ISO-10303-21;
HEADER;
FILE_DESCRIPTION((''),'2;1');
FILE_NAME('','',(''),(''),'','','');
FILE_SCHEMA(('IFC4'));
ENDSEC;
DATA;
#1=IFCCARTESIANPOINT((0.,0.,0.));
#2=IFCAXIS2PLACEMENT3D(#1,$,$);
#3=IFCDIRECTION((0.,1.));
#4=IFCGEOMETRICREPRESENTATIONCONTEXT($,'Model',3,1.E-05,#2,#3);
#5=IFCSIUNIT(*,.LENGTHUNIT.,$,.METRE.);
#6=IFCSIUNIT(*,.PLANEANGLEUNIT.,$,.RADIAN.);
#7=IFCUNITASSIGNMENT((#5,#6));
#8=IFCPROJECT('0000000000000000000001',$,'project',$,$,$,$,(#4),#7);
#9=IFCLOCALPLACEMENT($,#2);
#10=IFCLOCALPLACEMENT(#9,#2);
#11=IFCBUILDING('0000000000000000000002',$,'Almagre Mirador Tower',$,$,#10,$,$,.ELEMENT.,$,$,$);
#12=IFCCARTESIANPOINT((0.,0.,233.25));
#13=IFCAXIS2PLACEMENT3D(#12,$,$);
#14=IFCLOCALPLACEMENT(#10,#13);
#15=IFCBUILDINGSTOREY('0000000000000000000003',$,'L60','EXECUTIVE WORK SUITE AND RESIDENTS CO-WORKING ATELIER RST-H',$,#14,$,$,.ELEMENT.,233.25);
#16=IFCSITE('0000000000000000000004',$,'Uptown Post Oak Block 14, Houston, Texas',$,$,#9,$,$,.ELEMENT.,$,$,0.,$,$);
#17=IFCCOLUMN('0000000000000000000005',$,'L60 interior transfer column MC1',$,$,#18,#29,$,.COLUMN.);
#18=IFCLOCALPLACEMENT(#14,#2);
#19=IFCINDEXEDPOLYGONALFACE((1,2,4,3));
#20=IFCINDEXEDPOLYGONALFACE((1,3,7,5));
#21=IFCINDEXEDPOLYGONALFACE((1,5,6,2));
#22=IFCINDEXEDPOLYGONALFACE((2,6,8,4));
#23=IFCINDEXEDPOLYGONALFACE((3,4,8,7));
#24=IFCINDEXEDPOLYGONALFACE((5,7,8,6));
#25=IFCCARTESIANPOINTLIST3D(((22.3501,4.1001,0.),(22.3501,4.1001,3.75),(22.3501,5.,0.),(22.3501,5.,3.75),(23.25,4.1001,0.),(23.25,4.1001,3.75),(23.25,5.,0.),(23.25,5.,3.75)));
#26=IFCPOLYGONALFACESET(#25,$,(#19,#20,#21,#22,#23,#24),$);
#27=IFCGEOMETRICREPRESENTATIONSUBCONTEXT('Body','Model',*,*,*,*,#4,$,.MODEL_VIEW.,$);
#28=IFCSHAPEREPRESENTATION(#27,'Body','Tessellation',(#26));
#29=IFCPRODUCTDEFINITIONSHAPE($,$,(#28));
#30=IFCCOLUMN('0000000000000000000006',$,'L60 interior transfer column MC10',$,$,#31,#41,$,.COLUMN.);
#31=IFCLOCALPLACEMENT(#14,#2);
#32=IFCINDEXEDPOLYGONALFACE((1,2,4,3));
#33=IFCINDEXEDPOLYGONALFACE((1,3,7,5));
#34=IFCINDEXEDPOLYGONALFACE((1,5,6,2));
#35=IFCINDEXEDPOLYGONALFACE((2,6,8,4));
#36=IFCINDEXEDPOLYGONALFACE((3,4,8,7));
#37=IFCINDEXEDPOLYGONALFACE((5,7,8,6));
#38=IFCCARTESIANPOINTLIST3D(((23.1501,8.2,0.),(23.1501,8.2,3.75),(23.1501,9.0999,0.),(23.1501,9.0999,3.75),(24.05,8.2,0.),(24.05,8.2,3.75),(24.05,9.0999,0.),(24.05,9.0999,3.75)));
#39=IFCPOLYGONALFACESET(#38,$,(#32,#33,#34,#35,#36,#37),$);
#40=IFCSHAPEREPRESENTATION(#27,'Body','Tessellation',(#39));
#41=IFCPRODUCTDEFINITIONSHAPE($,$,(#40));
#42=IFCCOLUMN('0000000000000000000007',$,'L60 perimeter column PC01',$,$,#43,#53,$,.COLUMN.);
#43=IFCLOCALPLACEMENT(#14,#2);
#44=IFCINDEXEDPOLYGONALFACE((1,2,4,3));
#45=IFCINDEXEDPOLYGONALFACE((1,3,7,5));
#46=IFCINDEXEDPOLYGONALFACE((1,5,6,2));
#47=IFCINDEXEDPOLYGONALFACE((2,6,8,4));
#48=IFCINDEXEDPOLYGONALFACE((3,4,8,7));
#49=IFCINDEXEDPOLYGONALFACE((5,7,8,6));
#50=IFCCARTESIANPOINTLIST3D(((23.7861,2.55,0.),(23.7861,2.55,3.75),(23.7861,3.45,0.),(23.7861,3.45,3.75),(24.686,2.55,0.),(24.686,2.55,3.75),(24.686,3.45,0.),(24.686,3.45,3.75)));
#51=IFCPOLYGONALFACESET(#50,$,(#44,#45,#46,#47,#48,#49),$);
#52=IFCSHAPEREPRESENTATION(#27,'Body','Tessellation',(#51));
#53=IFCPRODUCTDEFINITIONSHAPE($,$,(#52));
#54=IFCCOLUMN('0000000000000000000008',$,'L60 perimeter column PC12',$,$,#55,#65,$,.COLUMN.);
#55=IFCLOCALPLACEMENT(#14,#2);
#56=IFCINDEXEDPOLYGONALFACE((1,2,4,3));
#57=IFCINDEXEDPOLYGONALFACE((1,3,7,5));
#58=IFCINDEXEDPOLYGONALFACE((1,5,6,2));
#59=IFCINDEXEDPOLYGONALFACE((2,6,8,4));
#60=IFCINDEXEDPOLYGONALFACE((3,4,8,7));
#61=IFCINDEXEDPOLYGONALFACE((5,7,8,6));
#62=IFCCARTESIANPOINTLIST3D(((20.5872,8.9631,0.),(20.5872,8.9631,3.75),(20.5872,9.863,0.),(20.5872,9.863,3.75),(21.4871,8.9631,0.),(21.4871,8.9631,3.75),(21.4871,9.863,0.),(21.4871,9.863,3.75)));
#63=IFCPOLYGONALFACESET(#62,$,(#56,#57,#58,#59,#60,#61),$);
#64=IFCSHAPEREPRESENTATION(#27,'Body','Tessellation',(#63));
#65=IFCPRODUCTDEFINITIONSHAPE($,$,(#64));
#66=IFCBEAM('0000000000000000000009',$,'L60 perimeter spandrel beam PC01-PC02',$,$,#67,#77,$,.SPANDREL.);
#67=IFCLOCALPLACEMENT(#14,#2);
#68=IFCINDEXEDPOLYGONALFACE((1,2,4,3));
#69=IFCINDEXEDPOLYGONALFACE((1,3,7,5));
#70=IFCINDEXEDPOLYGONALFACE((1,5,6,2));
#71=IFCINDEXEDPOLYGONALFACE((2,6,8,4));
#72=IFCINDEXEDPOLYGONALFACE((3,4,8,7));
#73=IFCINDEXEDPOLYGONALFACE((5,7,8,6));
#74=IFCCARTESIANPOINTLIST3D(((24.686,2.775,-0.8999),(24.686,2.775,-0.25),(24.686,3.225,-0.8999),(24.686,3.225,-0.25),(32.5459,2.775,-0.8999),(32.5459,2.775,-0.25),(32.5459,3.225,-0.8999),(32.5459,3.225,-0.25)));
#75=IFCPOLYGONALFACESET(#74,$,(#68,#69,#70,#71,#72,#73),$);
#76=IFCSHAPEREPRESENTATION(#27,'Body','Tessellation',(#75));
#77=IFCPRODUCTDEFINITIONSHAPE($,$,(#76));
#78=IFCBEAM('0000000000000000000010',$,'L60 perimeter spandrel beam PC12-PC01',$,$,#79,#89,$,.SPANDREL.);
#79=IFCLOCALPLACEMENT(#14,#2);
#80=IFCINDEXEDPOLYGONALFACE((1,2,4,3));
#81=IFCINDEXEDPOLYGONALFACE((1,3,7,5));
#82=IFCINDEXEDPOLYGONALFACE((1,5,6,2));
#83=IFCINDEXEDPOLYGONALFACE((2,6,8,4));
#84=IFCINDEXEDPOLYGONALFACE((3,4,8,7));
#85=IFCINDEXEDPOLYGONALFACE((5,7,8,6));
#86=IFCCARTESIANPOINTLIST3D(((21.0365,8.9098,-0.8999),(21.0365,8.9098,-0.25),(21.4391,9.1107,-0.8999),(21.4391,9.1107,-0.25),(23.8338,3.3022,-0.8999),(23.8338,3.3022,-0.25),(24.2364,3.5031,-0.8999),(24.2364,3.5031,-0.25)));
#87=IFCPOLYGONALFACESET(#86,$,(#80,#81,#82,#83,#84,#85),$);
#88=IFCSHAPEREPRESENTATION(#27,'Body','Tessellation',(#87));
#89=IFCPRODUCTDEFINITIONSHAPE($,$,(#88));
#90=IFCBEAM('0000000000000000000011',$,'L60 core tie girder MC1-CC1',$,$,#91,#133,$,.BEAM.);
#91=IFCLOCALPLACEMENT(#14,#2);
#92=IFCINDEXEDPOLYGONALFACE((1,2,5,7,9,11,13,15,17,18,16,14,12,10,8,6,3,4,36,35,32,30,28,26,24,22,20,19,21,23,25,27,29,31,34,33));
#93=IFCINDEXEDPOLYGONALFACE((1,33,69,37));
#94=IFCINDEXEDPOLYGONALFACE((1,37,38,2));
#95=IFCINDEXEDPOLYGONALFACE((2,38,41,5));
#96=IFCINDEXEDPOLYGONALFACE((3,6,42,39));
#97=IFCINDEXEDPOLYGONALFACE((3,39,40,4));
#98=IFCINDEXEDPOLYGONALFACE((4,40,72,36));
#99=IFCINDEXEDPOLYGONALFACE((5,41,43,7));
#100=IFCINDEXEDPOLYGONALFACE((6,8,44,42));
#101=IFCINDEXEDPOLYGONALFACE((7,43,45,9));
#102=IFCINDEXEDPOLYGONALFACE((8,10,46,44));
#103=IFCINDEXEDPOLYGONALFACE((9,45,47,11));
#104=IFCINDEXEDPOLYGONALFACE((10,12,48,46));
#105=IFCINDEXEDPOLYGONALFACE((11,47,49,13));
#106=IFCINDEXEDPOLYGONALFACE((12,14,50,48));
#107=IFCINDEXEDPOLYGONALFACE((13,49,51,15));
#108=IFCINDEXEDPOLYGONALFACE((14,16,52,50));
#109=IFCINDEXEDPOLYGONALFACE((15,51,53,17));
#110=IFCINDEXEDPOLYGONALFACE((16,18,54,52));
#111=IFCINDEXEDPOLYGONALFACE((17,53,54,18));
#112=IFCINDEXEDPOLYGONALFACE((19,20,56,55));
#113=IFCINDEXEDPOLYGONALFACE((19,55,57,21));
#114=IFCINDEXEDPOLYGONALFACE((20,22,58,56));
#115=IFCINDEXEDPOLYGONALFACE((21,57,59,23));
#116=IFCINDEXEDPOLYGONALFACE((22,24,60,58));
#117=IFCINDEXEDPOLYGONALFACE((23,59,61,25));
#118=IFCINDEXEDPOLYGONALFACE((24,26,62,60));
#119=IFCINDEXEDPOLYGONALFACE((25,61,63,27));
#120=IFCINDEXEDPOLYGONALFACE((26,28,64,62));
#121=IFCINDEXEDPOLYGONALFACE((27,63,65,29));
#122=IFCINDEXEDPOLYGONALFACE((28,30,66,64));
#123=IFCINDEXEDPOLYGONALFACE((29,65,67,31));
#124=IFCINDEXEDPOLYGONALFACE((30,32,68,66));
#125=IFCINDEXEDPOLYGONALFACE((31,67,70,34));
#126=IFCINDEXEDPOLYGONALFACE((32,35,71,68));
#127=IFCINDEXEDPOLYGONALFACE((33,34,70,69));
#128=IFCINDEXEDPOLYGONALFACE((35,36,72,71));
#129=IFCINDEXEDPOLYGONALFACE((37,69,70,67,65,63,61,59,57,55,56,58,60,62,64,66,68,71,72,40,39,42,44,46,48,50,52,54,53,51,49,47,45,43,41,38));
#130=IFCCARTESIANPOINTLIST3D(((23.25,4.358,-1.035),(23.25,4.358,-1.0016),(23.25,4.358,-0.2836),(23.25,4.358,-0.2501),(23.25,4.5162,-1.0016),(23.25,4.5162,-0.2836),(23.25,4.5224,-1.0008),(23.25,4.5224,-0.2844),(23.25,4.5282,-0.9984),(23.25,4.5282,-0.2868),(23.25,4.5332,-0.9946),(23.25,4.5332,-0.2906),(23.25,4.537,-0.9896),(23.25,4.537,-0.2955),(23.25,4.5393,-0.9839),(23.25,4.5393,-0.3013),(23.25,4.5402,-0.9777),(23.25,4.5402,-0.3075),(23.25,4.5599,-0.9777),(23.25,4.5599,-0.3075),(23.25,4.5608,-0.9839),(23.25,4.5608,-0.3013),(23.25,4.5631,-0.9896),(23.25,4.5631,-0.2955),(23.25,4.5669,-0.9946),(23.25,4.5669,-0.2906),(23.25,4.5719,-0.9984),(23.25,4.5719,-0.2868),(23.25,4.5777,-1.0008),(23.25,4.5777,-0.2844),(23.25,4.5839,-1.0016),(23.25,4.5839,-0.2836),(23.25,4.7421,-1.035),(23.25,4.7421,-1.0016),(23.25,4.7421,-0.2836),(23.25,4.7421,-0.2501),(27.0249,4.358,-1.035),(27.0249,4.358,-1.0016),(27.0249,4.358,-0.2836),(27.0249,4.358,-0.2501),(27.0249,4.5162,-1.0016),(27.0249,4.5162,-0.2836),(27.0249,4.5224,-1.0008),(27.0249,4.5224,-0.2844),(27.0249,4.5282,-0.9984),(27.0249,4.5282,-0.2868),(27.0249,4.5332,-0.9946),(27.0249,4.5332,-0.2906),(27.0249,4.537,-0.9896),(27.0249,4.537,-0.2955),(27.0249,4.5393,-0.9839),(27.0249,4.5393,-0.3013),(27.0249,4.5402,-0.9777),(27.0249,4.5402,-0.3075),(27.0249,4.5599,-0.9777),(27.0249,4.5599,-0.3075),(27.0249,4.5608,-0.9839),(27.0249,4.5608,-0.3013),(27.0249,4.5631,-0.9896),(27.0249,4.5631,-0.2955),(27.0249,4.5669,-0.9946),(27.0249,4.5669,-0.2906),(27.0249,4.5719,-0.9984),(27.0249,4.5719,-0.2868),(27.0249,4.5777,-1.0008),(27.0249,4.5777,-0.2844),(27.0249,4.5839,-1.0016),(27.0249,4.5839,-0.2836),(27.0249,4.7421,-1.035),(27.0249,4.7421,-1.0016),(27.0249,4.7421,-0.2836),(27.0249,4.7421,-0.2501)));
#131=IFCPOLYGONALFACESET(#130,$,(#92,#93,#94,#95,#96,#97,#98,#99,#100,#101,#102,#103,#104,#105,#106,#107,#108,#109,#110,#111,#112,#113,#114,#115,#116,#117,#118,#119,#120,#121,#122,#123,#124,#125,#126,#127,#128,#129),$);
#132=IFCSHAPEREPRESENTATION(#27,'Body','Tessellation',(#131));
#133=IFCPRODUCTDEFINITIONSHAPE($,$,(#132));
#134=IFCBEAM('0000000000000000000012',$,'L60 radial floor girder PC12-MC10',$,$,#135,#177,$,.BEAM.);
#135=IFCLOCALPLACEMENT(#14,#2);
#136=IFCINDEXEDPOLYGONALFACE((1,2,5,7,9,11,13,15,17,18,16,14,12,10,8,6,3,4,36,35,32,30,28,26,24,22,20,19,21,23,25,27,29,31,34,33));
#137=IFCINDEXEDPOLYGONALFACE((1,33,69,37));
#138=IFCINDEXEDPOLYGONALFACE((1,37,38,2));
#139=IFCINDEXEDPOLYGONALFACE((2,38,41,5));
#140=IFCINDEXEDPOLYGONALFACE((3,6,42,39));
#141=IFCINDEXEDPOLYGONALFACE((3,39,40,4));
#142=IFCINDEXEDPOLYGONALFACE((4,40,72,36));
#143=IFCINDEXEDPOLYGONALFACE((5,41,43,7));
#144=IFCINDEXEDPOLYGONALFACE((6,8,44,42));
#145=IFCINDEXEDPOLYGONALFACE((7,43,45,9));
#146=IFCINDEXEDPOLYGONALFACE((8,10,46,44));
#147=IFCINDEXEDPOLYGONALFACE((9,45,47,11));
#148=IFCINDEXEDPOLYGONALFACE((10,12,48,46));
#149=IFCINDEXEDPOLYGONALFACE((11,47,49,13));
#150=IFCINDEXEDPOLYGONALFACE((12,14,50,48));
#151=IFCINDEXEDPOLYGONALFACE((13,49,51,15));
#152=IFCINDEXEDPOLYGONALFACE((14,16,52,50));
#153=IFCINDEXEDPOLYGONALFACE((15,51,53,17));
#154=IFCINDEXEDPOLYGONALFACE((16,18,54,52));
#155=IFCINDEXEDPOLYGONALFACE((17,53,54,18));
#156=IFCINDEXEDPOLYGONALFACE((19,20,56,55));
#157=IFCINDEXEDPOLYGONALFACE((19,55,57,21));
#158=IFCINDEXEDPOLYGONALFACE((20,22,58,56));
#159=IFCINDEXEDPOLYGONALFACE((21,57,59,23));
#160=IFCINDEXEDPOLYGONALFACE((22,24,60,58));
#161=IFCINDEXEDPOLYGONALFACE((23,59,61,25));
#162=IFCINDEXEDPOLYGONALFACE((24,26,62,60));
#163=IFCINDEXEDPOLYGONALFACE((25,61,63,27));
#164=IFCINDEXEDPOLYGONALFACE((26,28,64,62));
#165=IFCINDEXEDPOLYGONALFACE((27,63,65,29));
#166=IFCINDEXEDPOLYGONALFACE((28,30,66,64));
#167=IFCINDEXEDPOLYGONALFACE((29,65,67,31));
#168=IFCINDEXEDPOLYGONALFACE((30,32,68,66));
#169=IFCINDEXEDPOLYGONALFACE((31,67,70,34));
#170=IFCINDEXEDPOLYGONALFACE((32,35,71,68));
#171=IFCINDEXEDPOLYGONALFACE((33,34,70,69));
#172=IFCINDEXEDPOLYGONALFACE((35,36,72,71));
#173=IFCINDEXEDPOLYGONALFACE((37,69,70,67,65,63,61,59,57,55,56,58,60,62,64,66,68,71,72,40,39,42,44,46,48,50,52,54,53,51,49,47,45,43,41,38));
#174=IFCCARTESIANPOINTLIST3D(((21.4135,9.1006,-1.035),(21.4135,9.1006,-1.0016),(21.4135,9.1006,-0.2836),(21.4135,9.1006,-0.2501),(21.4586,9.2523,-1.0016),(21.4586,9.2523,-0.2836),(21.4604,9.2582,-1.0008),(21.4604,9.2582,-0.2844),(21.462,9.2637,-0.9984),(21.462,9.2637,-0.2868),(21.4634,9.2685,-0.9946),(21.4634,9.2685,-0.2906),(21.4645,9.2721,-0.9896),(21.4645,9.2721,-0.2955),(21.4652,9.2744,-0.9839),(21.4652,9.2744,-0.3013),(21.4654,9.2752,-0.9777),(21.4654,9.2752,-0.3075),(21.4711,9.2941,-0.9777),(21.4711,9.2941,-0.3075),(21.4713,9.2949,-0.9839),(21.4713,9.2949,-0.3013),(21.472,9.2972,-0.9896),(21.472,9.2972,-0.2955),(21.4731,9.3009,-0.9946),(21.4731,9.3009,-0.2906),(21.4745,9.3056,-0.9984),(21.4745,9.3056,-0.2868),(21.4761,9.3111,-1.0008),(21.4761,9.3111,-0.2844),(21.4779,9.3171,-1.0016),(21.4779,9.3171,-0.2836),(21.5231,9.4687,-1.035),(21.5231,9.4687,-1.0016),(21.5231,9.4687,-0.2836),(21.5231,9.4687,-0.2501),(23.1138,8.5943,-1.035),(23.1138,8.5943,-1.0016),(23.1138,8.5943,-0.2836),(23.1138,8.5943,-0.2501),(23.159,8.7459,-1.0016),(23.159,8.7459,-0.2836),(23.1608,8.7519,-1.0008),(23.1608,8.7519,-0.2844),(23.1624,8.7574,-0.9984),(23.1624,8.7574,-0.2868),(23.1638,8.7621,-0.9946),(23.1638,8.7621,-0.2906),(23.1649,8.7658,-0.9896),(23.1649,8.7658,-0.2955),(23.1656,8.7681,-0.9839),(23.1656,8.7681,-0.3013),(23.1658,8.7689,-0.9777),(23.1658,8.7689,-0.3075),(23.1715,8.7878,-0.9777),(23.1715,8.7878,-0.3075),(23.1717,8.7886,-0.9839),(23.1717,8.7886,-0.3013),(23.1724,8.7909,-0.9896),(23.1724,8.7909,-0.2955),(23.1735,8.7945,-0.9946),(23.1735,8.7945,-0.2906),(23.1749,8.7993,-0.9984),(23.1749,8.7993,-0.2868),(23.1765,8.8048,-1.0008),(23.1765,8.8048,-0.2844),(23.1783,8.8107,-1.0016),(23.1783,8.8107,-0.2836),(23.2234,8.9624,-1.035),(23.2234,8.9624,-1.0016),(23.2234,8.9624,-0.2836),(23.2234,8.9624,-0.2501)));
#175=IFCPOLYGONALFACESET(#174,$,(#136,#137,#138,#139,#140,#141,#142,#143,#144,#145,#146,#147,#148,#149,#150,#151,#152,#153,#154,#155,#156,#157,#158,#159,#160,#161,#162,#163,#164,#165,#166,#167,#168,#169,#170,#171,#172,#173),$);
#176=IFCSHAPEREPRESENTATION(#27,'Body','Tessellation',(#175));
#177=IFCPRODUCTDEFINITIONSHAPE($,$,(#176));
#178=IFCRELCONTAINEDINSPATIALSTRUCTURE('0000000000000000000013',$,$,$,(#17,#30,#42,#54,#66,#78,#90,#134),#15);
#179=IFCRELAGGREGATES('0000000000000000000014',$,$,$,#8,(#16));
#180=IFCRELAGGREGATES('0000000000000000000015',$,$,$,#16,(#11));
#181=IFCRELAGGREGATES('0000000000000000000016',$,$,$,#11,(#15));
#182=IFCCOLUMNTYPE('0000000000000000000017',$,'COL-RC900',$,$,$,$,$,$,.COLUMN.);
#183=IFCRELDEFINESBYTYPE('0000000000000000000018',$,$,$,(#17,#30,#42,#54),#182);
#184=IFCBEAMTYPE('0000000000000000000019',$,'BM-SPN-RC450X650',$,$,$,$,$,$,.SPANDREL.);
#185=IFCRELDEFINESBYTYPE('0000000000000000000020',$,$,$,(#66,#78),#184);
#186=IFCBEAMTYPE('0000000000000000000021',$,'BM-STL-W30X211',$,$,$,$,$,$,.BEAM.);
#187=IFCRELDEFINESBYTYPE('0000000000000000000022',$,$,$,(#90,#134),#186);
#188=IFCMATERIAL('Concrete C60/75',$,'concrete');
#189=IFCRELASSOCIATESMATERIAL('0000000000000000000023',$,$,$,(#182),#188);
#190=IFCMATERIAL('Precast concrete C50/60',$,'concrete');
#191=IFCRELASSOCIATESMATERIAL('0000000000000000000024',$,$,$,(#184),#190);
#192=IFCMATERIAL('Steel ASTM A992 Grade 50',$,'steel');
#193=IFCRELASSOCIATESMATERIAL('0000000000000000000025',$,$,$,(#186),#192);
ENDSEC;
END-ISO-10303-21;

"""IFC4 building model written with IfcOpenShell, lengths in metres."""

from ifc_helpers import new_model, si_unit, direction, frame, origin, origin_2d, place, context, subcontext, project, spatial, rectangle, i_section, extrude, material, material_profile, profile_set, type_object, element, save


model = new_model("IFC4")

# Units and contexts
model_context = context("Model", 3, precision=1e-05, world=origin(), true_north=direction((0.0, 1.0)))
body_context = subcontext(model_context, "Body", "Model", "MODEL_VIEW")
ifc_project = project(units=[si_unit("LENGTHUNIT", "METRE"), si_unit("PLANEANGLEUNIT", "RADIAN")], contexts=[model_context])

# Site, building, storey
site_placement = place(None, origin())
site = spatial("IfcSite", under=ifc_project, at=site_placement, Name="Uptown Post Oak Block 14, Houston, Texas", CompositionType="ELEMENT", RefElevation=0.0)
building_placement = place(site_placement, origin())
building = spatial("IfcBuilding", under=site, at=building_placement, Name="Almagre Mirador Tower", CompositionType="ELEMENT")
storey_placement = place(building_placement, frame((0.0, 0.0, 233.25)))
storey = spatial("IfcBuildingStorey", under=building, at=storey_placement, Name="L60", Description="EXECUTIVE WORK SUITE AND RESIDENTS CO-WORKING ATELIER RST-H", CompositionType="ELEMENT", Elevation=233.25)

# Columns
ifc_material_1 = material(Name="Concrete C60/75", Category="concrete")
ifc_material_profile_1 = material_profile(ifc_material_1, rectangle(XDim=0.8999, YDim=0.8999, at=origin_2d()), Name="RC900X900")
ifc_profile_set_1 = profile_set([ifc_material_profile_1], Name="Concrete C60/75")
column_type = type_object("IfcColumnType", Name="COL-RC900", PredefinedType="COLUMN", material=ifc_profile_set_1)
for number, where, z_axis, x_axis, name in (
    (1, (22.8, 4.55, 0.0), (0.0, 0.0, 1.0), (1.0, 0.0, 0.0), "L60 interior transfer column MC1"),
    (2, (23.6001, 8.6499, 0.0), (0.0, 0.0, 1.0), (1.0, 0.0, 0.0), "L60 interior transfer column MC10"),
    (3, (24.2361, 3.0, 0.0), (0.0, 0.0, 1.0), (1.0, 0.0, 0.0), "L60 perimeter column PC01"),
    (4, (21.0371, 9.4131, 0.0), (0.0, 0.0, 1.0), (1.0, 0.0, 0.0), "L60 perimeter column PC12"),
):
    element("IfcColumn", number, at=place(storey_placement, frame(where, z_axis=z_axis, x_axis=x_axis)), inside=storey, type_object=column_type, Name=name, PredefinedType="COLUMN", context=body_context, shape_type="SweptSolid", body=[
        extrude(rectangle(XDim=0.8999, YDim=0.8999, at=origin_2d()), origin(), (0.0, 0.0, 1.0), 3.75),
    ])

# Beams
ifc_material_2 = material(Name="Precast concrete C50/60", Category="concrete")
ifc_material_profile_2 = material_profile(ifc_material_2, rectangle(XDim=0.45, YDim=0.6499, at=origin_2d()), Name="RC450X650")
ifc_profile_set_2 = profile_set([ifc_material_profile_2], Name="Precast concrete C50/60")
beam_type_1 = type_object("IfcBeamType", Name="BM-SPN-RC450X650", PredefinedType="SPANDREL", material=ifc_profile_set_2)
beam_1_placement = place(storey_placement, frame((24.686, 3.0, -0.575), z_axis=(1.0, 0.0, 0.0), x_axis=(0.0, 1.0, 0.0)))
element("IfcBeam", 5, at=beam_1_placement, inside=storey, type_object=beam_type_1, Name="L60 perimeter spandrel beam PC01-PC02", PredefinedType="SPANDREL", context=body_context, shape_type="SweptSolid", body=[
    extrude(rectangle(XDim=0.45, YDim=0.6499, at=origin_2d()), origin(), (0.0, 0.0, 1.0), 7.8599),
])
beam_2_placement = place(storey_placement, frame((21.2378, 9.0103, -0.575), z_axis=(0.446387, -0.89484, 0.0), x_axis=(0.89484, 0.446387, 0.0)))
element("IfcBeam", 6, at=beam_2_placement, inside=storey, type_object=beam_type_1, Name="L60 perimeter spandrel beam PC12-PC01", PredefinedType="SPANDREL", context=body_context, shape_type="SweptSolid", body=[
    extrude(rectangle(XDim=0.45, YDim=0.6499, at=origin_2d()), origin(), (0.0, 0.0, 1.0), 6.2666),
])
ifc_material_3 = material(Name="Steel ASTM A992 Grade 50", Category="steel")
ifc_material_profile_3 = material_profile(ifc_material_3, i_section(OverallWidth=0.384, OverallDepth=0.7849, WebThickness=0.0198, FlangeThickness=0.0334, FilletRadius=0.0239, at=origin_2d()), Name="W30X211")
ifc_profile_set_3 = profile_set([ifc_material_profile_3], Name="Steel ASTM A992 Grade 50")
beam_type_2 = type_object("IfcBeamType", Name="BM-STL-W30X211", PredefinedType="BEAM", material=ifc_profile_set_3)
beam_3_placement = place(storey_placement, frame((23.25, 4.55, -0.6426), z_axis=(1.0, 0.0, 0.0), x_axis=(0.0, 1.0, 0.0)))
element("IfcBeam", 7, at=beam_3_placement, inside=storey, type_object=beam_type_2, Name="L60 core tie girder MC1-CC1", PredefinedType="BEAM", context=body_context, shape_type="SweptSolid", body=[
    extrude(i_section(OverallWidth=0.384, OverallDepth=0.7849, WebThickness=0.0198, FlangeThickness=0.0334, FilletRadius=0.0239, at=origin_2d()), origin(), (0.0, 0.0, 1.0), 3.7749),
])
beam_4_placement = place(storey_placement, frame((21.4683, 9.2847, -0.6426), z_axis=(0.958411, -0.285391, 0.0), x_axis=(0.285391, 0.958411, 0.0)))
element("IfcBeam", 8, at=beam_4_placement, inside=storey, type_object=beam_type_2, Name="L60 radial floor girder PC12-MC10", PredefinedType="BEAM", context=body_context, shape_type="SweptSolid", body=[
    extrude(i_section(OverallWidth=0.384, OverallDepth=0.7849, WebThickness=0.0198, FlangeThickness=0.0334, FilletRadius=0.0239, at=origin_2d()), origin(), (0.0, 0.0, 1.0), 1.7742),
])

save(model, "model.ifc")
